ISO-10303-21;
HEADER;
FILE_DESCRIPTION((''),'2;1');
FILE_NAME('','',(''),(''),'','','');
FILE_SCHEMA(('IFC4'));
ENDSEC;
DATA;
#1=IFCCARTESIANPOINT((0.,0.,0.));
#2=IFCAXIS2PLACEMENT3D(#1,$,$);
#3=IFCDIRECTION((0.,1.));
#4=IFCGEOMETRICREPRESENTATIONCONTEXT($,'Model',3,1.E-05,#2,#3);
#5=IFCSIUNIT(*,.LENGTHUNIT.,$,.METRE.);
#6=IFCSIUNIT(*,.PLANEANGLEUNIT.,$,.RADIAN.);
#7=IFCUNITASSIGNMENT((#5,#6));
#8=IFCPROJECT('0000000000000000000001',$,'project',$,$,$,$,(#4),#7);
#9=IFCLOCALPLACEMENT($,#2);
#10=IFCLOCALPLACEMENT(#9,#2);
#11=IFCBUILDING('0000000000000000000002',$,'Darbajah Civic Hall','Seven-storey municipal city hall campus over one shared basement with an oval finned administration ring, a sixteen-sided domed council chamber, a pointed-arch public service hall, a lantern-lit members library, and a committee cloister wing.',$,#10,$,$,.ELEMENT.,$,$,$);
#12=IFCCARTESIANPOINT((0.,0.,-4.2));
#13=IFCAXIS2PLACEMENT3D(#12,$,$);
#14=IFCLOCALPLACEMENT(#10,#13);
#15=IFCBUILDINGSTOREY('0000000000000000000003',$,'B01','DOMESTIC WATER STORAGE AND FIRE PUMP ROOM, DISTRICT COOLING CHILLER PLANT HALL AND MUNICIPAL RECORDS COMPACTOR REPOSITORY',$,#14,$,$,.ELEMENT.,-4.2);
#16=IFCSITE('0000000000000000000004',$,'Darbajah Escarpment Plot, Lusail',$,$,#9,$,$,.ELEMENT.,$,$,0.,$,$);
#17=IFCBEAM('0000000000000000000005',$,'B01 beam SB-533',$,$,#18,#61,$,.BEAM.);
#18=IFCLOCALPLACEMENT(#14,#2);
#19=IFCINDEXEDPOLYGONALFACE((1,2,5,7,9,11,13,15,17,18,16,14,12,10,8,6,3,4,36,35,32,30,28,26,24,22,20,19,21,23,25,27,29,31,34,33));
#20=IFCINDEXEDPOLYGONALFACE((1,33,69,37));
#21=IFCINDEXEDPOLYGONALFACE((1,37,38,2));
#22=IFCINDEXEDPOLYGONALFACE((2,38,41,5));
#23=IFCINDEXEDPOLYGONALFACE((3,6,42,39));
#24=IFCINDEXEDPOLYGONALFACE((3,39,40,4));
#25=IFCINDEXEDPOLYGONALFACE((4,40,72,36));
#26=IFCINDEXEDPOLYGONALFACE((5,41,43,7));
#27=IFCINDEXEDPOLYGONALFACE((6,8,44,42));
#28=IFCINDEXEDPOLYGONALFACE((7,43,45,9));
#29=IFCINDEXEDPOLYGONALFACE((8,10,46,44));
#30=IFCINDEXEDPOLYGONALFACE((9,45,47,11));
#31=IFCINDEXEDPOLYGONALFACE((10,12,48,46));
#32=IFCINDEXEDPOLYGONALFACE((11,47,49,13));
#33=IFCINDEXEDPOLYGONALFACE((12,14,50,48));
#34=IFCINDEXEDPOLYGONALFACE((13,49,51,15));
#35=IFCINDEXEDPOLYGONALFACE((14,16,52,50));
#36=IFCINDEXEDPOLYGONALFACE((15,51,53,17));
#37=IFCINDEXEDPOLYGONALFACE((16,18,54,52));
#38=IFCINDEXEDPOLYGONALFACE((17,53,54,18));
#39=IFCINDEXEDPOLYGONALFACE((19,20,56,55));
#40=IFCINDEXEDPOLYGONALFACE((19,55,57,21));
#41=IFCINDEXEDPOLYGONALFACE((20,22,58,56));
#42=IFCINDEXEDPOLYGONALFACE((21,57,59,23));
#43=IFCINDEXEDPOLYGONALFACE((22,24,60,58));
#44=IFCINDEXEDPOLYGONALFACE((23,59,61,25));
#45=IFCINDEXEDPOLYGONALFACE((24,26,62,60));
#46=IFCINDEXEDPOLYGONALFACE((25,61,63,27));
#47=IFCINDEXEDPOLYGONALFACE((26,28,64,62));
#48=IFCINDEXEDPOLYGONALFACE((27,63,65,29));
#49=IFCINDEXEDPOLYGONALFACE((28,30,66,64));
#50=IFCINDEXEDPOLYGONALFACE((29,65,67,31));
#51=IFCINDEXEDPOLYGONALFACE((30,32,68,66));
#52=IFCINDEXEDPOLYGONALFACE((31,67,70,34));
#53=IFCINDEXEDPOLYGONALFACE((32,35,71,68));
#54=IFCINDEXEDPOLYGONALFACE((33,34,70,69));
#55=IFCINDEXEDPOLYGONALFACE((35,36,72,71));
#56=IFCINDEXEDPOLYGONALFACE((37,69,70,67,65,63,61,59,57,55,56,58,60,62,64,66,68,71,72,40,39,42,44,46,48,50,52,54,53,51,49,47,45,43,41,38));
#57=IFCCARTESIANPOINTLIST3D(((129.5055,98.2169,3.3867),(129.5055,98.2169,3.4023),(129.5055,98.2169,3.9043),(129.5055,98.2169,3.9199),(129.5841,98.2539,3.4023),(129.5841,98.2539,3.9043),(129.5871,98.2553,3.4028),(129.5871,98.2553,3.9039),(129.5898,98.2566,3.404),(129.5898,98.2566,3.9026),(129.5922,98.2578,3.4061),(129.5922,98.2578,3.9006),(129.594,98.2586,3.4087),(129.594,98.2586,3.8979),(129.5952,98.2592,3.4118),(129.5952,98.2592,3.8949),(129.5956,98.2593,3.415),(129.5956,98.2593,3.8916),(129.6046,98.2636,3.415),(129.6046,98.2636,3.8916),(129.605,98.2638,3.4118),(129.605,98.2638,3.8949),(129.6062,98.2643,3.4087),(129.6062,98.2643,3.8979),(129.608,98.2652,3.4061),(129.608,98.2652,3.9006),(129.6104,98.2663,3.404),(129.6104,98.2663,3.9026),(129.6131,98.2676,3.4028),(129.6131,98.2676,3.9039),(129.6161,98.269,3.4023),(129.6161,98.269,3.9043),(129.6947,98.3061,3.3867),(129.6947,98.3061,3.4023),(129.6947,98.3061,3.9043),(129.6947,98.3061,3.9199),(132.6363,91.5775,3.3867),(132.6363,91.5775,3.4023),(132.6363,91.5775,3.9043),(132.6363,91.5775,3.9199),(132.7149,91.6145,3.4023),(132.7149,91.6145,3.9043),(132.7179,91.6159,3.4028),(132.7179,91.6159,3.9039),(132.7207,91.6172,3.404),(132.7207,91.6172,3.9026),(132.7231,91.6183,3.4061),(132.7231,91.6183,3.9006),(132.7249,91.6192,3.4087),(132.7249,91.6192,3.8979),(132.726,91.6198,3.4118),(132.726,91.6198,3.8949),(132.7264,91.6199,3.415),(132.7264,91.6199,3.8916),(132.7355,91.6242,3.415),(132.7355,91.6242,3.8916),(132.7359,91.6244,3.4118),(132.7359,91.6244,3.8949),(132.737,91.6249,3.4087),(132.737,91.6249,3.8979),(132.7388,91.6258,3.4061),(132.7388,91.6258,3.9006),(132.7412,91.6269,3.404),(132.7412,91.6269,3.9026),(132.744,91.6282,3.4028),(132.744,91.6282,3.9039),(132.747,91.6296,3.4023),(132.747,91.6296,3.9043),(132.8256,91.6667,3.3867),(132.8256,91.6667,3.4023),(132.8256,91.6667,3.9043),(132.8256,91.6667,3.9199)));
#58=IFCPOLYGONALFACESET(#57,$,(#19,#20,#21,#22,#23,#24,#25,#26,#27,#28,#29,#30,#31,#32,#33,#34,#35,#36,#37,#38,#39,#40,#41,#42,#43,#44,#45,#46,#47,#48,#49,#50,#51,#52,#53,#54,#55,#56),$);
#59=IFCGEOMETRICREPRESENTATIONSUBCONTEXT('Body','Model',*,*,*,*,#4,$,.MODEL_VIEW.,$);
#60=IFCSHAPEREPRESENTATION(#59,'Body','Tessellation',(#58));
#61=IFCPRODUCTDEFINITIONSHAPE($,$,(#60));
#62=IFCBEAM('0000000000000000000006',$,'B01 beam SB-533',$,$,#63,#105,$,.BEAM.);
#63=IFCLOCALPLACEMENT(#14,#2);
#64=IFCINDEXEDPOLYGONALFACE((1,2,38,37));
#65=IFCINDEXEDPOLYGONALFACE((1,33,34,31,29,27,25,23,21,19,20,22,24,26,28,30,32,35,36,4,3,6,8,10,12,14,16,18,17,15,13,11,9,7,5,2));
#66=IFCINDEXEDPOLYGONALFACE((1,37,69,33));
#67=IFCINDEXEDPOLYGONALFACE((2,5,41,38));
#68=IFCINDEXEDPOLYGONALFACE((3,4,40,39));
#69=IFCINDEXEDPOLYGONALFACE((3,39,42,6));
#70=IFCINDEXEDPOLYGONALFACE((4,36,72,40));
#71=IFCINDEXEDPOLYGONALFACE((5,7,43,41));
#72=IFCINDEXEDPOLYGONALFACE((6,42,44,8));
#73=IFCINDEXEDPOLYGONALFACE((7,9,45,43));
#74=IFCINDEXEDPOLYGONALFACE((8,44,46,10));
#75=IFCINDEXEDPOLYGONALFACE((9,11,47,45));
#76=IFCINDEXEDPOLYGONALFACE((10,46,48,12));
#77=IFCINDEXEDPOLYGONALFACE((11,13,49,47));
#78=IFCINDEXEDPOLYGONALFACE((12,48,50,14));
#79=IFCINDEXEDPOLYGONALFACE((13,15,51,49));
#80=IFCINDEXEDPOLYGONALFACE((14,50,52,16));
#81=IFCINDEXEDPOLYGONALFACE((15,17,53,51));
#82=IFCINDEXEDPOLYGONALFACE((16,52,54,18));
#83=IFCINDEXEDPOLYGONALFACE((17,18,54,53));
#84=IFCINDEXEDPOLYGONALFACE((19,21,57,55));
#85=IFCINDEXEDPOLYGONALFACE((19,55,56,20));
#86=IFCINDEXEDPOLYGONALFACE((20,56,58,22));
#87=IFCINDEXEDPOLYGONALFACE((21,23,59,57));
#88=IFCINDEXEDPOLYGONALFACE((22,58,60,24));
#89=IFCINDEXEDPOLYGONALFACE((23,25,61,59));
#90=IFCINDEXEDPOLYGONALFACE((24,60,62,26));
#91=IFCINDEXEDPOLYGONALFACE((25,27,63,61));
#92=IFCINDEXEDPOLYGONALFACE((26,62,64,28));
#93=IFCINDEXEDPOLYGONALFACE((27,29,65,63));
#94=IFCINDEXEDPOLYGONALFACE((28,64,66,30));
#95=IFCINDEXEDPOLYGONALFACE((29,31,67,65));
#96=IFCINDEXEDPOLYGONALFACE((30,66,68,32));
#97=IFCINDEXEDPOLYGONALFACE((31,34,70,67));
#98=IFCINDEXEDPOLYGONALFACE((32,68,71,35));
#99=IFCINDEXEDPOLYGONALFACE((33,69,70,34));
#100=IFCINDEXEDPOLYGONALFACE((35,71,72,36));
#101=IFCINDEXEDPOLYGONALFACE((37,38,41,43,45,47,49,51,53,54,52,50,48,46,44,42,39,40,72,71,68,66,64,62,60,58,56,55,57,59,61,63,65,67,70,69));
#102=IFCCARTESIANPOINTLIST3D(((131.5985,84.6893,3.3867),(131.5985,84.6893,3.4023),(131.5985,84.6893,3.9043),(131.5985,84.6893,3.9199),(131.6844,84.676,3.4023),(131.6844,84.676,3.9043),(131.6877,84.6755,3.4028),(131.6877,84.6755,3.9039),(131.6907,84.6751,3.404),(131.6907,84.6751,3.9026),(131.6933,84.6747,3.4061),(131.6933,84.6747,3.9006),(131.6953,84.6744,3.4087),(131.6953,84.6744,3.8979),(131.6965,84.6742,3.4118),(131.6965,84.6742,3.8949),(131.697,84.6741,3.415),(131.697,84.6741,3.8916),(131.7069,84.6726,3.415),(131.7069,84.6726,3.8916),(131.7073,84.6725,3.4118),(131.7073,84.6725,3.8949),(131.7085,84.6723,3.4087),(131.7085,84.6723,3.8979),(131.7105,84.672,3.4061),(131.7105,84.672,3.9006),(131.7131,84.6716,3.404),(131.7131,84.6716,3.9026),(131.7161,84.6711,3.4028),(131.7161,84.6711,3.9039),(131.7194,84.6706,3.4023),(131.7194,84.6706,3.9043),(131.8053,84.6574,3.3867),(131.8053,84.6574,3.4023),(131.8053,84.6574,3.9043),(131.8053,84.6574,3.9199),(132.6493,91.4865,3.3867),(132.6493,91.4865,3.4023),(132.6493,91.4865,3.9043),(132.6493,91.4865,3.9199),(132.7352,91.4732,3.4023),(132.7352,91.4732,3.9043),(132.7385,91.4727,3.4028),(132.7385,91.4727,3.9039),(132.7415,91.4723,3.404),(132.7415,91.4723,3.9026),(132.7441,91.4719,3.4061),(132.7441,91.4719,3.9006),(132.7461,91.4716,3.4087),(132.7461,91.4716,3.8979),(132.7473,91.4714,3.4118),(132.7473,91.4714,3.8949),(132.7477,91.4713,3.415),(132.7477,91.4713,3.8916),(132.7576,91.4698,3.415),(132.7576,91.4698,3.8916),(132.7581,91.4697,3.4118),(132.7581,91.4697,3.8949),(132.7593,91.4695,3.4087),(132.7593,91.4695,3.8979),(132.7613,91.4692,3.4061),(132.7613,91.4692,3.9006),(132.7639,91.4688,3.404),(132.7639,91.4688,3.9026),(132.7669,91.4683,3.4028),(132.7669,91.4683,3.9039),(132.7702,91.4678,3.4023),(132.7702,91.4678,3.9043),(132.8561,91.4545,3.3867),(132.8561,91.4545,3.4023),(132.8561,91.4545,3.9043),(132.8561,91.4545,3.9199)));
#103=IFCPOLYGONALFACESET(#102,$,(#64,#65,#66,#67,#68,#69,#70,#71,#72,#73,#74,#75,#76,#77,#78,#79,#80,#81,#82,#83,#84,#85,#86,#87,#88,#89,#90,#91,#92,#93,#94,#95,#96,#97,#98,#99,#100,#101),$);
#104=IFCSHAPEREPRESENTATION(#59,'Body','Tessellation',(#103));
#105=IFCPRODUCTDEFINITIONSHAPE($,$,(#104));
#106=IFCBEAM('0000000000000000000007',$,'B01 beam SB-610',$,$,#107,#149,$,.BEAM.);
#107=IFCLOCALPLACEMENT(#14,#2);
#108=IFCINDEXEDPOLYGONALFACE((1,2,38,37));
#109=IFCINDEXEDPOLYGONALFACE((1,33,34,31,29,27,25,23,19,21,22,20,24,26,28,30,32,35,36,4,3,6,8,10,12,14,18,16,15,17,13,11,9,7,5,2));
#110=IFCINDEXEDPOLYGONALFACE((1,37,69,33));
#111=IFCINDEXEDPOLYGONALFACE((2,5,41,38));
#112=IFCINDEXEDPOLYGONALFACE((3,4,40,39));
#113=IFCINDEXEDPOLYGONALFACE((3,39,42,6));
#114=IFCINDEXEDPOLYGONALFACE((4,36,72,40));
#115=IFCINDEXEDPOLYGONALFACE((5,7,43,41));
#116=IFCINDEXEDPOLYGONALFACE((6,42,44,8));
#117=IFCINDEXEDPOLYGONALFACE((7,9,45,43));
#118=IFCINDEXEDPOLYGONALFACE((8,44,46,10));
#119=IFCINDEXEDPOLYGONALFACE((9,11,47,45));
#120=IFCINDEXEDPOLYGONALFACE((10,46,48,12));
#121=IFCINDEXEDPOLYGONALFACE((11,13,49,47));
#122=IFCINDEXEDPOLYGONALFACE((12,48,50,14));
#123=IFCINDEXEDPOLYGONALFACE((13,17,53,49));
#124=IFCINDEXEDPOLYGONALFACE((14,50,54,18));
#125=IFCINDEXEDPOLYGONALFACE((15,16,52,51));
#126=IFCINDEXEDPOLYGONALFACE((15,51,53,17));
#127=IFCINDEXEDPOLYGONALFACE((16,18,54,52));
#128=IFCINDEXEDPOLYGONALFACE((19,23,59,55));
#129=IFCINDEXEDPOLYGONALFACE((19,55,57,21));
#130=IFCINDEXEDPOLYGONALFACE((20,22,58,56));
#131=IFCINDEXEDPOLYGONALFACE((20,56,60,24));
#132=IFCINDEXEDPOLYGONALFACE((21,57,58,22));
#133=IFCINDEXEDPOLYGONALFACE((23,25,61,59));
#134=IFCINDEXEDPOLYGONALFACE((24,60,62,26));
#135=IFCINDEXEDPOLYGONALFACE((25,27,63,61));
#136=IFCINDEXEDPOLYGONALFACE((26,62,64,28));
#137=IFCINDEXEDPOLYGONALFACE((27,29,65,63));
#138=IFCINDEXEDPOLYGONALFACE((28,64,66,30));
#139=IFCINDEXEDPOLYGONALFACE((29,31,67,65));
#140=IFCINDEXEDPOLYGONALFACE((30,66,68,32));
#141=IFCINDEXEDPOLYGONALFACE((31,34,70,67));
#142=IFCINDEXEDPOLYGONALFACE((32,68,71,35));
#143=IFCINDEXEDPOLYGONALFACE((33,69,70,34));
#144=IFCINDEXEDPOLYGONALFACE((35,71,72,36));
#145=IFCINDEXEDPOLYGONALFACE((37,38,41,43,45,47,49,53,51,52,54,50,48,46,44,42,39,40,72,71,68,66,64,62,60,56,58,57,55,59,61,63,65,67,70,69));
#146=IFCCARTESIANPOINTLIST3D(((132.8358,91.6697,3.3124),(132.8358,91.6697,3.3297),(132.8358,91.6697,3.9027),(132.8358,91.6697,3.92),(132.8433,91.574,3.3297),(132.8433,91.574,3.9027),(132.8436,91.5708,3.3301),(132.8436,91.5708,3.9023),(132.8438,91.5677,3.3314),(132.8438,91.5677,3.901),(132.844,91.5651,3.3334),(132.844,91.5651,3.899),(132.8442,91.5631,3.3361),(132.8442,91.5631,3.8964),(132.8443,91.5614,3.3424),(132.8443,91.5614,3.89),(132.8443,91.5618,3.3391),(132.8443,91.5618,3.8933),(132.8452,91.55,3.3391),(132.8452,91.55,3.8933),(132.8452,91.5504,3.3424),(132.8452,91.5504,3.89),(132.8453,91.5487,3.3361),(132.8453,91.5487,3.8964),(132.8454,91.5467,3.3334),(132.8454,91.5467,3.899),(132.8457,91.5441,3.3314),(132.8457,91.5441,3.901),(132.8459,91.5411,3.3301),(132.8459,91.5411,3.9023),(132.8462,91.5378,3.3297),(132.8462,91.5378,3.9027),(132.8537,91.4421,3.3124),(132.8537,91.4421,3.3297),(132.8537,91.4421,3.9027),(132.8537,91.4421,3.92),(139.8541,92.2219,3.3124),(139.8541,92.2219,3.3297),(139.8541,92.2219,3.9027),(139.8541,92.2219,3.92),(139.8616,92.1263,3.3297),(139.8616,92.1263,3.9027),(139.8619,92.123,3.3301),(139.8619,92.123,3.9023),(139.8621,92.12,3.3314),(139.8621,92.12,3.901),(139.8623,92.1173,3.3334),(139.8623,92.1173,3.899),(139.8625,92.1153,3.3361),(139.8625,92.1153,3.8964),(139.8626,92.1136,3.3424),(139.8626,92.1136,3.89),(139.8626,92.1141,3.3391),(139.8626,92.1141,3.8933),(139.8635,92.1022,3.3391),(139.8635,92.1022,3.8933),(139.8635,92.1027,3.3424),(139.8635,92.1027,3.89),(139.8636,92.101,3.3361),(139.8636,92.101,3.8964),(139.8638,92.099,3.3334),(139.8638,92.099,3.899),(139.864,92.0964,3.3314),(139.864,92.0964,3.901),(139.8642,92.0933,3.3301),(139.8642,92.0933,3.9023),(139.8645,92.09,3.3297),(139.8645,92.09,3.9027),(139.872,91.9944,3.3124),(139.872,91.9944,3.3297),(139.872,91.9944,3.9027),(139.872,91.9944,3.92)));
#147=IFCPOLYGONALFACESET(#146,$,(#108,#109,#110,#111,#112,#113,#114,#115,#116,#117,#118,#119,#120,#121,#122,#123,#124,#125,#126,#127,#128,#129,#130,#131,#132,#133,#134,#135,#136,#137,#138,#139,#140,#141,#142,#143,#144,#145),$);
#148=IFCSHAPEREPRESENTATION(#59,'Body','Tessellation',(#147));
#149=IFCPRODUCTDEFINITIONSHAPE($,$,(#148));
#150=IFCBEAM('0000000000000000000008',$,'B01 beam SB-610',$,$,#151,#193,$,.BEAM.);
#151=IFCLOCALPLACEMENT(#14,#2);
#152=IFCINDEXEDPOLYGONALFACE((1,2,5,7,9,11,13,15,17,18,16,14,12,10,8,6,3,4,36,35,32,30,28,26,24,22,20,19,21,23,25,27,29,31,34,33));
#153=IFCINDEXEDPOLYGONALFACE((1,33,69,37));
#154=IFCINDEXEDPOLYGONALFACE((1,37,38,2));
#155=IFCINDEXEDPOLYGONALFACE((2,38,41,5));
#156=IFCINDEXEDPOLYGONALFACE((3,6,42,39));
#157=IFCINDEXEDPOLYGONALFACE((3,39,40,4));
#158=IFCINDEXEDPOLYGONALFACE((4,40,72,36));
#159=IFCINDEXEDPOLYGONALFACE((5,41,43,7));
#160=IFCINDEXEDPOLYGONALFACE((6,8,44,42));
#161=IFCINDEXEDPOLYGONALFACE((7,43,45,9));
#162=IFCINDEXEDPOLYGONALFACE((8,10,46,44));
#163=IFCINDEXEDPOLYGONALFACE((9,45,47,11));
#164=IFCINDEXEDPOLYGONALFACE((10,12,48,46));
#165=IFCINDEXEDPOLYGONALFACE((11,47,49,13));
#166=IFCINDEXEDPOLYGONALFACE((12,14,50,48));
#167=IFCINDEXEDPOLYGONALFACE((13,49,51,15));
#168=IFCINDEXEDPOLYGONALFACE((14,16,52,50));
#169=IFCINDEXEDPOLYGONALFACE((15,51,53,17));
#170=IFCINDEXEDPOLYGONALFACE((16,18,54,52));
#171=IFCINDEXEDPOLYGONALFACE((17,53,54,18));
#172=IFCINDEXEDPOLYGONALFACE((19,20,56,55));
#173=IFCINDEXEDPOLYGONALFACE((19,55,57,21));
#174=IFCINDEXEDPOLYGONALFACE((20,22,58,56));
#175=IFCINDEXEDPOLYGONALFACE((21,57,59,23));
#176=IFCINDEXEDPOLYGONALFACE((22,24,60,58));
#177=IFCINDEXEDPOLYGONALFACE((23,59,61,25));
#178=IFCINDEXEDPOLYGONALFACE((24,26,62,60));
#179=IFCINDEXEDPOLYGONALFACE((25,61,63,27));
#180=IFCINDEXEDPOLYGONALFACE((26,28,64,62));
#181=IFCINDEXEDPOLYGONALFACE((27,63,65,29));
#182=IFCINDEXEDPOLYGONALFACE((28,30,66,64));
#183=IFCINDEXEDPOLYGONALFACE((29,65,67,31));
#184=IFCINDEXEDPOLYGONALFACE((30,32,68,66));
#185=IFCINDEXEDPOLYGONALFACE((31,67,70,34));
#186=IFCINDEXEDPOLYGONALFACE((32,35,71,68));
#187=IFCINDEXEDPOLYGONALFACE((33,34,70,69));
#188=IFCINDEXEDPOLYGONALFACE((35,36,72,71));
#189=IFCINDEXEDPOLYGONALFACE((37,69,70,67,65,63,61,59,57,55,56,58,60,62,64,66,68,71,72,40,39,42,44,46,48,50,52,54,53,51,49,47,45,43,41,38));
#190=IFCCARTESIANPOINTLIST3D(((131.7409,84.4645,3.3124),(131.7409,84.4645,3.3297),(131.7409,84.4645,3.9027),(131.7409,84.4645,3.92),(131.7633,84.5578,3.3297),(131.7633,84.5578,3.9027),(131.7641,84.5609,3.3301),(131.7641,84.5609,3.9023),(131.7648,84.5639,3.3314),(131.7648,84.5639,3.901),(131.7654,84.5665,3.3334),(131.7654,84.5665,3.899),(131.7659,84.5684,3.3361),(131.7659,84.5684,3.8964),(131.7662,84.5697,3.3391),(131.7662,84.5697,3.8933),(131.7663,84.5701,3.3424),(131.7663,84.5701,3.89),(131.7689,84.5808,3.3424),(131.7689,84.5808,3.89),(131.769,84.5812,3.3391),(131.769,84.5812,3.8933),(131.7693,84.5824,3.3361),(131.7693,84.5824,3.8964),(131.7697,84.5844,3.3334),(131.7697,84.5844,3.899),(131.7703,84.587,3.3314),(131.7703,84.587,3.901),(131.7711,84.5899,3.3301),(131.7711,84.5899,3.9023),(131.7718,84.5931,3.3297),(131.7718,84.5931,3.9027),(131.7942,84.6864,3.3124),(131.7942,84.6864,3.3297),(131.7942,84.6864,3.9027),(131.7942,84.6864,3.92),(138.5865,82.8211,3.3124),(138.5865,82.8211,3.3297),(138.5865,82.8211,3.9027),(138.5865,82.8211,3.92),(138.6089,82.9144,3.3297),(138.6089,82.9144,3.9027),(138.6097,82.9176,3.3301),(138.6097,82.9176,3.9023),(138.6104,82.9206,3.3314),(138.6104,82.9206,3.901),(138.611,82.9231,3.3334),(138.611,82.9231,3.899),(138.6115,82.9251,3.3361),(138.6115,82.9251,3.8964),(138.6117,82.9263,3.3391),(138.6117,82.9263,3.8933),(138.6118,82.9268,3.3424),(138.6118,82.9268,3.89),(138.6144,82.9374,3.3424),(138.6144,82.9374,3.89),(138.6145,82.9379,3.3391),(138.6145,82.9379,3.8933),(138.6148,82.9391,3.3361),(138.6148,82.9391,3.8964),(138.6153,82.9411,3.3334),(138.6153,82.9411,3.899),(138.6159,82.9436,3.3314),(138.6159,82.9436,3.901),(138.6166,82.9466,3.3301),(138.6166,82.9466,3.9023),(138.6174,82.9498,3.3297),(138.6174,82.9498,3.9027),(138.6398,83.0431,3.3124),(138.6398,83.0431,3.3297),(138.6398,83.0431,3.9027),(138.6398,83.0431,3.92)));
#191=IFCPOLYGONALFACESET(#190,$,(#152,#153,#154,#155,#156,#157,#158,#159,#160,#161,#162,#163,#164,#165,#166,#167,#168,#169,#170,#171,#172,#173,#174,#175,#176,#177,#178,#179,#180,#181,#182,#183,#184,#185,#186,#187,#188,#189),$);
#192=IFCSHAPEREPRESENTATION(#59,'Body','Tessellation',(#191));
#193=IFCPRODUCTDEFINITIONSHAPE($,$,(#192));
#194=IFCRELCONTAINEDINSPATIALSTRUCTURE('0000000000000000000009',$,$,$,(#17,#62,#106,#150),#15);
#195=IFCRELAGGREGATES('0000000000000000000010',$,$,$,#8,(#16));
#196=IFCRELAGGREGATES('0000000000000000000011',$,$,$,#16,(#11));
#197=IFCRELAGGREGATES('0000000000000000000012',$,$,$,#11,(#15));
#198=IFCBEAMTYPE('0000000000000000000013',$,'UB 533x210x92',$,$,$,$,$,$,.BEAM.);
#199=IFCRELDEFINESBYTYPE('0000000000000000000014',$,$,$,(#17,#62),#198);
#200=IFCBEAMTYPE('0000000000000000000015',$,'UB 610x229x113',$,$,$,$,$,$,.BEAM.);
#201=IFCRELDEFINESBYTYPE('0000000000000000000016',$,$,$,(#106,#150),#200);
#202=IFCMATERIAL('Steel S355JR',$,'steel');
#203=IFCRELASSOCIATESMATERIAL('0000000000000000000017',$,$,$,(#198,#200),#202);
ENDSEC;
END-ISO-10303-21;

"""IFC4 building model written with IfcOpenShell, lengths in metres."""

from ifc_helpers import new_model, si_unit, direction, frame, origin, origin_2d, place, context, subcontext, project, spatial, i_section, extrude, material, material_profile, profile_set, type_object, element, save


model = new_model("IFC4")

# Units and contexts
model_context = context("Model", 3, precision=1e-05, world=origin(), true_north=direction((0.0, 1.0)))
body_context = subcontext(model_context, "Body", "Model", "MODEL_VIEW")
ifc_project = project(units=[si_unit("LENGTHUNIT", "METRE"), si_unit("PLANEANGLEUNIT", "RADIAN")], contexts=[model_context])

# Site, building, storey
site_placement = place(None, origin())
site = spatial("IfcSite", under=ifc_project, at=site_placement, Name="Darbajah Escarpment Plot, Lusail", CompositionType="ELEMENT", RefElevation=0.0)
building_placement = place(site_placement, origin())
building = spatial("IfcBuilding", under=site, at=building_placement, Name="Darbajah Civic Hall", Description="Seven-storey municipal city hall campus over one shared basement with an oval finned administration ring, a sixteen-sided domed council chamber, a pointed-arch public service hall, a lantern-lit members library, and a committee cloister wing.", CompositionType="ELEMENT")
storey_placement = place(building_placement, frame((0.0, 0.0, -4.2)))
storey = spatial("IfcBuildingStorey", under=building, at=storey_placement, Name="B01", Description="DOMESTIC WATER STORAGE AND FIRE PUMP ROOM, DISTRICT COOLING CHILLER PLANT HALL AND MUNICIPAL RECORDS COMPACTOR REPOSITORY", CompositionType="ELEMENT", Elevation=-4.2)

# Beams
ifc_material_1 = material(Name="Steel S355JR", Category="steel")
ifc_material_profile_1 = material_profile(ifc_material_1, i_section(OverallWidth=0.2092, OverallDepth=0.5332, WebThickness=0.01, FlangeThickness=0.0156, FilletRadius=0.0127, at=origin_2d()), Name="UB 533x210x92")
ifc_profile_set_1 = profile_set([ifc_material_profile_1], Name="Steel S355JR")
beam_type_1 = type_object("IfcBeamType", Name="UB 533x210x92", PredefinedType="BEAM", material=ifc_profile_set_1)
beam_1_placement = place(storey_placement, frame((132.731, 91.6221, 3.6533), z_axis=(-0.426514, 0.904481, 0.0), x_axis=(-0.904481, -0.426514, 0.0)))
element("IfcBeam", 1, at=beam_1_placement, inside=storey, type_object=beam_type_1, Name="B01 beam SB-533", PredefinedType="BEAM", context=body_context, shape_type="SweptSolid", body=[
    extrude(i_section(OverallWidth=0.2092, OverallDepth=0.5332, WebThickness=0.01, FlangeThickness=0.0156, FilletRadius=0.0127, at=origin_2d()), origin(), (0.0, 0.0, 1.0), 7.3406),
])
beam_2_placement = place(storey_placement, frame((131.7019, 84.6733, 3.6533), z_axis=(0.152777, 0.988261, 0.0), x_axis=(-0.988261, 0.152777, 0.0)))
element("IfcBeam", 2, at=beam_2_placement, inside=storey, type_object=beam_type_1, Name="B01 beam SB-533", PredefinedType="BEAM", context=body_context, shape_type="SweptSolid", body=[
    extrude(i_section(OverallWidth=0.2092, OverallDepth=0.5332, WebThickness=0.01, FlangeThickness=0.0156, FilletRadius=0.0127, at=origin_2d()), origin(), (0.0, 0.0, 1.0), 6.8779),
])
ifc_material_profile_2 = material_profile(ifc_material_1, i_section(OverallWidth=0.2283, OverallDepth=0.6077, WebThickness=0.011, FlangeThickness=0.0173, FilletRadius=0.0127, at=origin_2d()), Name="UB 610x229x113")
ifc_profile_set_2 = profile_set([ifc_material_profile_2], Name="Steel S355JR")
beam_type_2 = type_object("IfcBeamType", Name="UB 610x229x113", PredefinedType="BEAM", material=ifc_profile_set_2)
for number, where, z_axis, x_axis, name in (
    (3, (132.8447, 91.5559, 3.6162), (0.996919, 0.078444, 0.0), (-0.078444, 0.996919, 0.0), "B01 beam SB-610"),
    (4, (131.7676, 84.5754, 3.6162), (0.972374, -0.233427, 0.0), (0.233427, 0.972374, 0.0), "B01 beam SB-610"),
):
    element("IfcBeam", number, at=place(storey_placement, frame(where, z_axis=z_axis, x_axis=x_axis)), inside=storey, type_object=beam_type_2, Name=name, PredefinedType="BEAM", context=body_context, shape_type="SweptSolid", body=[
        extrude(i_section(OverallWidth=0.2283, OverallDepth=0.6077, WebThickness=0.011, FlangeThickness=0.0173, FilletRadius=0.0127, at=origin_2d()), origin(), (0.0, 0.0, 1.0), 7.04),
    ])

save(model, "model.ifc")
